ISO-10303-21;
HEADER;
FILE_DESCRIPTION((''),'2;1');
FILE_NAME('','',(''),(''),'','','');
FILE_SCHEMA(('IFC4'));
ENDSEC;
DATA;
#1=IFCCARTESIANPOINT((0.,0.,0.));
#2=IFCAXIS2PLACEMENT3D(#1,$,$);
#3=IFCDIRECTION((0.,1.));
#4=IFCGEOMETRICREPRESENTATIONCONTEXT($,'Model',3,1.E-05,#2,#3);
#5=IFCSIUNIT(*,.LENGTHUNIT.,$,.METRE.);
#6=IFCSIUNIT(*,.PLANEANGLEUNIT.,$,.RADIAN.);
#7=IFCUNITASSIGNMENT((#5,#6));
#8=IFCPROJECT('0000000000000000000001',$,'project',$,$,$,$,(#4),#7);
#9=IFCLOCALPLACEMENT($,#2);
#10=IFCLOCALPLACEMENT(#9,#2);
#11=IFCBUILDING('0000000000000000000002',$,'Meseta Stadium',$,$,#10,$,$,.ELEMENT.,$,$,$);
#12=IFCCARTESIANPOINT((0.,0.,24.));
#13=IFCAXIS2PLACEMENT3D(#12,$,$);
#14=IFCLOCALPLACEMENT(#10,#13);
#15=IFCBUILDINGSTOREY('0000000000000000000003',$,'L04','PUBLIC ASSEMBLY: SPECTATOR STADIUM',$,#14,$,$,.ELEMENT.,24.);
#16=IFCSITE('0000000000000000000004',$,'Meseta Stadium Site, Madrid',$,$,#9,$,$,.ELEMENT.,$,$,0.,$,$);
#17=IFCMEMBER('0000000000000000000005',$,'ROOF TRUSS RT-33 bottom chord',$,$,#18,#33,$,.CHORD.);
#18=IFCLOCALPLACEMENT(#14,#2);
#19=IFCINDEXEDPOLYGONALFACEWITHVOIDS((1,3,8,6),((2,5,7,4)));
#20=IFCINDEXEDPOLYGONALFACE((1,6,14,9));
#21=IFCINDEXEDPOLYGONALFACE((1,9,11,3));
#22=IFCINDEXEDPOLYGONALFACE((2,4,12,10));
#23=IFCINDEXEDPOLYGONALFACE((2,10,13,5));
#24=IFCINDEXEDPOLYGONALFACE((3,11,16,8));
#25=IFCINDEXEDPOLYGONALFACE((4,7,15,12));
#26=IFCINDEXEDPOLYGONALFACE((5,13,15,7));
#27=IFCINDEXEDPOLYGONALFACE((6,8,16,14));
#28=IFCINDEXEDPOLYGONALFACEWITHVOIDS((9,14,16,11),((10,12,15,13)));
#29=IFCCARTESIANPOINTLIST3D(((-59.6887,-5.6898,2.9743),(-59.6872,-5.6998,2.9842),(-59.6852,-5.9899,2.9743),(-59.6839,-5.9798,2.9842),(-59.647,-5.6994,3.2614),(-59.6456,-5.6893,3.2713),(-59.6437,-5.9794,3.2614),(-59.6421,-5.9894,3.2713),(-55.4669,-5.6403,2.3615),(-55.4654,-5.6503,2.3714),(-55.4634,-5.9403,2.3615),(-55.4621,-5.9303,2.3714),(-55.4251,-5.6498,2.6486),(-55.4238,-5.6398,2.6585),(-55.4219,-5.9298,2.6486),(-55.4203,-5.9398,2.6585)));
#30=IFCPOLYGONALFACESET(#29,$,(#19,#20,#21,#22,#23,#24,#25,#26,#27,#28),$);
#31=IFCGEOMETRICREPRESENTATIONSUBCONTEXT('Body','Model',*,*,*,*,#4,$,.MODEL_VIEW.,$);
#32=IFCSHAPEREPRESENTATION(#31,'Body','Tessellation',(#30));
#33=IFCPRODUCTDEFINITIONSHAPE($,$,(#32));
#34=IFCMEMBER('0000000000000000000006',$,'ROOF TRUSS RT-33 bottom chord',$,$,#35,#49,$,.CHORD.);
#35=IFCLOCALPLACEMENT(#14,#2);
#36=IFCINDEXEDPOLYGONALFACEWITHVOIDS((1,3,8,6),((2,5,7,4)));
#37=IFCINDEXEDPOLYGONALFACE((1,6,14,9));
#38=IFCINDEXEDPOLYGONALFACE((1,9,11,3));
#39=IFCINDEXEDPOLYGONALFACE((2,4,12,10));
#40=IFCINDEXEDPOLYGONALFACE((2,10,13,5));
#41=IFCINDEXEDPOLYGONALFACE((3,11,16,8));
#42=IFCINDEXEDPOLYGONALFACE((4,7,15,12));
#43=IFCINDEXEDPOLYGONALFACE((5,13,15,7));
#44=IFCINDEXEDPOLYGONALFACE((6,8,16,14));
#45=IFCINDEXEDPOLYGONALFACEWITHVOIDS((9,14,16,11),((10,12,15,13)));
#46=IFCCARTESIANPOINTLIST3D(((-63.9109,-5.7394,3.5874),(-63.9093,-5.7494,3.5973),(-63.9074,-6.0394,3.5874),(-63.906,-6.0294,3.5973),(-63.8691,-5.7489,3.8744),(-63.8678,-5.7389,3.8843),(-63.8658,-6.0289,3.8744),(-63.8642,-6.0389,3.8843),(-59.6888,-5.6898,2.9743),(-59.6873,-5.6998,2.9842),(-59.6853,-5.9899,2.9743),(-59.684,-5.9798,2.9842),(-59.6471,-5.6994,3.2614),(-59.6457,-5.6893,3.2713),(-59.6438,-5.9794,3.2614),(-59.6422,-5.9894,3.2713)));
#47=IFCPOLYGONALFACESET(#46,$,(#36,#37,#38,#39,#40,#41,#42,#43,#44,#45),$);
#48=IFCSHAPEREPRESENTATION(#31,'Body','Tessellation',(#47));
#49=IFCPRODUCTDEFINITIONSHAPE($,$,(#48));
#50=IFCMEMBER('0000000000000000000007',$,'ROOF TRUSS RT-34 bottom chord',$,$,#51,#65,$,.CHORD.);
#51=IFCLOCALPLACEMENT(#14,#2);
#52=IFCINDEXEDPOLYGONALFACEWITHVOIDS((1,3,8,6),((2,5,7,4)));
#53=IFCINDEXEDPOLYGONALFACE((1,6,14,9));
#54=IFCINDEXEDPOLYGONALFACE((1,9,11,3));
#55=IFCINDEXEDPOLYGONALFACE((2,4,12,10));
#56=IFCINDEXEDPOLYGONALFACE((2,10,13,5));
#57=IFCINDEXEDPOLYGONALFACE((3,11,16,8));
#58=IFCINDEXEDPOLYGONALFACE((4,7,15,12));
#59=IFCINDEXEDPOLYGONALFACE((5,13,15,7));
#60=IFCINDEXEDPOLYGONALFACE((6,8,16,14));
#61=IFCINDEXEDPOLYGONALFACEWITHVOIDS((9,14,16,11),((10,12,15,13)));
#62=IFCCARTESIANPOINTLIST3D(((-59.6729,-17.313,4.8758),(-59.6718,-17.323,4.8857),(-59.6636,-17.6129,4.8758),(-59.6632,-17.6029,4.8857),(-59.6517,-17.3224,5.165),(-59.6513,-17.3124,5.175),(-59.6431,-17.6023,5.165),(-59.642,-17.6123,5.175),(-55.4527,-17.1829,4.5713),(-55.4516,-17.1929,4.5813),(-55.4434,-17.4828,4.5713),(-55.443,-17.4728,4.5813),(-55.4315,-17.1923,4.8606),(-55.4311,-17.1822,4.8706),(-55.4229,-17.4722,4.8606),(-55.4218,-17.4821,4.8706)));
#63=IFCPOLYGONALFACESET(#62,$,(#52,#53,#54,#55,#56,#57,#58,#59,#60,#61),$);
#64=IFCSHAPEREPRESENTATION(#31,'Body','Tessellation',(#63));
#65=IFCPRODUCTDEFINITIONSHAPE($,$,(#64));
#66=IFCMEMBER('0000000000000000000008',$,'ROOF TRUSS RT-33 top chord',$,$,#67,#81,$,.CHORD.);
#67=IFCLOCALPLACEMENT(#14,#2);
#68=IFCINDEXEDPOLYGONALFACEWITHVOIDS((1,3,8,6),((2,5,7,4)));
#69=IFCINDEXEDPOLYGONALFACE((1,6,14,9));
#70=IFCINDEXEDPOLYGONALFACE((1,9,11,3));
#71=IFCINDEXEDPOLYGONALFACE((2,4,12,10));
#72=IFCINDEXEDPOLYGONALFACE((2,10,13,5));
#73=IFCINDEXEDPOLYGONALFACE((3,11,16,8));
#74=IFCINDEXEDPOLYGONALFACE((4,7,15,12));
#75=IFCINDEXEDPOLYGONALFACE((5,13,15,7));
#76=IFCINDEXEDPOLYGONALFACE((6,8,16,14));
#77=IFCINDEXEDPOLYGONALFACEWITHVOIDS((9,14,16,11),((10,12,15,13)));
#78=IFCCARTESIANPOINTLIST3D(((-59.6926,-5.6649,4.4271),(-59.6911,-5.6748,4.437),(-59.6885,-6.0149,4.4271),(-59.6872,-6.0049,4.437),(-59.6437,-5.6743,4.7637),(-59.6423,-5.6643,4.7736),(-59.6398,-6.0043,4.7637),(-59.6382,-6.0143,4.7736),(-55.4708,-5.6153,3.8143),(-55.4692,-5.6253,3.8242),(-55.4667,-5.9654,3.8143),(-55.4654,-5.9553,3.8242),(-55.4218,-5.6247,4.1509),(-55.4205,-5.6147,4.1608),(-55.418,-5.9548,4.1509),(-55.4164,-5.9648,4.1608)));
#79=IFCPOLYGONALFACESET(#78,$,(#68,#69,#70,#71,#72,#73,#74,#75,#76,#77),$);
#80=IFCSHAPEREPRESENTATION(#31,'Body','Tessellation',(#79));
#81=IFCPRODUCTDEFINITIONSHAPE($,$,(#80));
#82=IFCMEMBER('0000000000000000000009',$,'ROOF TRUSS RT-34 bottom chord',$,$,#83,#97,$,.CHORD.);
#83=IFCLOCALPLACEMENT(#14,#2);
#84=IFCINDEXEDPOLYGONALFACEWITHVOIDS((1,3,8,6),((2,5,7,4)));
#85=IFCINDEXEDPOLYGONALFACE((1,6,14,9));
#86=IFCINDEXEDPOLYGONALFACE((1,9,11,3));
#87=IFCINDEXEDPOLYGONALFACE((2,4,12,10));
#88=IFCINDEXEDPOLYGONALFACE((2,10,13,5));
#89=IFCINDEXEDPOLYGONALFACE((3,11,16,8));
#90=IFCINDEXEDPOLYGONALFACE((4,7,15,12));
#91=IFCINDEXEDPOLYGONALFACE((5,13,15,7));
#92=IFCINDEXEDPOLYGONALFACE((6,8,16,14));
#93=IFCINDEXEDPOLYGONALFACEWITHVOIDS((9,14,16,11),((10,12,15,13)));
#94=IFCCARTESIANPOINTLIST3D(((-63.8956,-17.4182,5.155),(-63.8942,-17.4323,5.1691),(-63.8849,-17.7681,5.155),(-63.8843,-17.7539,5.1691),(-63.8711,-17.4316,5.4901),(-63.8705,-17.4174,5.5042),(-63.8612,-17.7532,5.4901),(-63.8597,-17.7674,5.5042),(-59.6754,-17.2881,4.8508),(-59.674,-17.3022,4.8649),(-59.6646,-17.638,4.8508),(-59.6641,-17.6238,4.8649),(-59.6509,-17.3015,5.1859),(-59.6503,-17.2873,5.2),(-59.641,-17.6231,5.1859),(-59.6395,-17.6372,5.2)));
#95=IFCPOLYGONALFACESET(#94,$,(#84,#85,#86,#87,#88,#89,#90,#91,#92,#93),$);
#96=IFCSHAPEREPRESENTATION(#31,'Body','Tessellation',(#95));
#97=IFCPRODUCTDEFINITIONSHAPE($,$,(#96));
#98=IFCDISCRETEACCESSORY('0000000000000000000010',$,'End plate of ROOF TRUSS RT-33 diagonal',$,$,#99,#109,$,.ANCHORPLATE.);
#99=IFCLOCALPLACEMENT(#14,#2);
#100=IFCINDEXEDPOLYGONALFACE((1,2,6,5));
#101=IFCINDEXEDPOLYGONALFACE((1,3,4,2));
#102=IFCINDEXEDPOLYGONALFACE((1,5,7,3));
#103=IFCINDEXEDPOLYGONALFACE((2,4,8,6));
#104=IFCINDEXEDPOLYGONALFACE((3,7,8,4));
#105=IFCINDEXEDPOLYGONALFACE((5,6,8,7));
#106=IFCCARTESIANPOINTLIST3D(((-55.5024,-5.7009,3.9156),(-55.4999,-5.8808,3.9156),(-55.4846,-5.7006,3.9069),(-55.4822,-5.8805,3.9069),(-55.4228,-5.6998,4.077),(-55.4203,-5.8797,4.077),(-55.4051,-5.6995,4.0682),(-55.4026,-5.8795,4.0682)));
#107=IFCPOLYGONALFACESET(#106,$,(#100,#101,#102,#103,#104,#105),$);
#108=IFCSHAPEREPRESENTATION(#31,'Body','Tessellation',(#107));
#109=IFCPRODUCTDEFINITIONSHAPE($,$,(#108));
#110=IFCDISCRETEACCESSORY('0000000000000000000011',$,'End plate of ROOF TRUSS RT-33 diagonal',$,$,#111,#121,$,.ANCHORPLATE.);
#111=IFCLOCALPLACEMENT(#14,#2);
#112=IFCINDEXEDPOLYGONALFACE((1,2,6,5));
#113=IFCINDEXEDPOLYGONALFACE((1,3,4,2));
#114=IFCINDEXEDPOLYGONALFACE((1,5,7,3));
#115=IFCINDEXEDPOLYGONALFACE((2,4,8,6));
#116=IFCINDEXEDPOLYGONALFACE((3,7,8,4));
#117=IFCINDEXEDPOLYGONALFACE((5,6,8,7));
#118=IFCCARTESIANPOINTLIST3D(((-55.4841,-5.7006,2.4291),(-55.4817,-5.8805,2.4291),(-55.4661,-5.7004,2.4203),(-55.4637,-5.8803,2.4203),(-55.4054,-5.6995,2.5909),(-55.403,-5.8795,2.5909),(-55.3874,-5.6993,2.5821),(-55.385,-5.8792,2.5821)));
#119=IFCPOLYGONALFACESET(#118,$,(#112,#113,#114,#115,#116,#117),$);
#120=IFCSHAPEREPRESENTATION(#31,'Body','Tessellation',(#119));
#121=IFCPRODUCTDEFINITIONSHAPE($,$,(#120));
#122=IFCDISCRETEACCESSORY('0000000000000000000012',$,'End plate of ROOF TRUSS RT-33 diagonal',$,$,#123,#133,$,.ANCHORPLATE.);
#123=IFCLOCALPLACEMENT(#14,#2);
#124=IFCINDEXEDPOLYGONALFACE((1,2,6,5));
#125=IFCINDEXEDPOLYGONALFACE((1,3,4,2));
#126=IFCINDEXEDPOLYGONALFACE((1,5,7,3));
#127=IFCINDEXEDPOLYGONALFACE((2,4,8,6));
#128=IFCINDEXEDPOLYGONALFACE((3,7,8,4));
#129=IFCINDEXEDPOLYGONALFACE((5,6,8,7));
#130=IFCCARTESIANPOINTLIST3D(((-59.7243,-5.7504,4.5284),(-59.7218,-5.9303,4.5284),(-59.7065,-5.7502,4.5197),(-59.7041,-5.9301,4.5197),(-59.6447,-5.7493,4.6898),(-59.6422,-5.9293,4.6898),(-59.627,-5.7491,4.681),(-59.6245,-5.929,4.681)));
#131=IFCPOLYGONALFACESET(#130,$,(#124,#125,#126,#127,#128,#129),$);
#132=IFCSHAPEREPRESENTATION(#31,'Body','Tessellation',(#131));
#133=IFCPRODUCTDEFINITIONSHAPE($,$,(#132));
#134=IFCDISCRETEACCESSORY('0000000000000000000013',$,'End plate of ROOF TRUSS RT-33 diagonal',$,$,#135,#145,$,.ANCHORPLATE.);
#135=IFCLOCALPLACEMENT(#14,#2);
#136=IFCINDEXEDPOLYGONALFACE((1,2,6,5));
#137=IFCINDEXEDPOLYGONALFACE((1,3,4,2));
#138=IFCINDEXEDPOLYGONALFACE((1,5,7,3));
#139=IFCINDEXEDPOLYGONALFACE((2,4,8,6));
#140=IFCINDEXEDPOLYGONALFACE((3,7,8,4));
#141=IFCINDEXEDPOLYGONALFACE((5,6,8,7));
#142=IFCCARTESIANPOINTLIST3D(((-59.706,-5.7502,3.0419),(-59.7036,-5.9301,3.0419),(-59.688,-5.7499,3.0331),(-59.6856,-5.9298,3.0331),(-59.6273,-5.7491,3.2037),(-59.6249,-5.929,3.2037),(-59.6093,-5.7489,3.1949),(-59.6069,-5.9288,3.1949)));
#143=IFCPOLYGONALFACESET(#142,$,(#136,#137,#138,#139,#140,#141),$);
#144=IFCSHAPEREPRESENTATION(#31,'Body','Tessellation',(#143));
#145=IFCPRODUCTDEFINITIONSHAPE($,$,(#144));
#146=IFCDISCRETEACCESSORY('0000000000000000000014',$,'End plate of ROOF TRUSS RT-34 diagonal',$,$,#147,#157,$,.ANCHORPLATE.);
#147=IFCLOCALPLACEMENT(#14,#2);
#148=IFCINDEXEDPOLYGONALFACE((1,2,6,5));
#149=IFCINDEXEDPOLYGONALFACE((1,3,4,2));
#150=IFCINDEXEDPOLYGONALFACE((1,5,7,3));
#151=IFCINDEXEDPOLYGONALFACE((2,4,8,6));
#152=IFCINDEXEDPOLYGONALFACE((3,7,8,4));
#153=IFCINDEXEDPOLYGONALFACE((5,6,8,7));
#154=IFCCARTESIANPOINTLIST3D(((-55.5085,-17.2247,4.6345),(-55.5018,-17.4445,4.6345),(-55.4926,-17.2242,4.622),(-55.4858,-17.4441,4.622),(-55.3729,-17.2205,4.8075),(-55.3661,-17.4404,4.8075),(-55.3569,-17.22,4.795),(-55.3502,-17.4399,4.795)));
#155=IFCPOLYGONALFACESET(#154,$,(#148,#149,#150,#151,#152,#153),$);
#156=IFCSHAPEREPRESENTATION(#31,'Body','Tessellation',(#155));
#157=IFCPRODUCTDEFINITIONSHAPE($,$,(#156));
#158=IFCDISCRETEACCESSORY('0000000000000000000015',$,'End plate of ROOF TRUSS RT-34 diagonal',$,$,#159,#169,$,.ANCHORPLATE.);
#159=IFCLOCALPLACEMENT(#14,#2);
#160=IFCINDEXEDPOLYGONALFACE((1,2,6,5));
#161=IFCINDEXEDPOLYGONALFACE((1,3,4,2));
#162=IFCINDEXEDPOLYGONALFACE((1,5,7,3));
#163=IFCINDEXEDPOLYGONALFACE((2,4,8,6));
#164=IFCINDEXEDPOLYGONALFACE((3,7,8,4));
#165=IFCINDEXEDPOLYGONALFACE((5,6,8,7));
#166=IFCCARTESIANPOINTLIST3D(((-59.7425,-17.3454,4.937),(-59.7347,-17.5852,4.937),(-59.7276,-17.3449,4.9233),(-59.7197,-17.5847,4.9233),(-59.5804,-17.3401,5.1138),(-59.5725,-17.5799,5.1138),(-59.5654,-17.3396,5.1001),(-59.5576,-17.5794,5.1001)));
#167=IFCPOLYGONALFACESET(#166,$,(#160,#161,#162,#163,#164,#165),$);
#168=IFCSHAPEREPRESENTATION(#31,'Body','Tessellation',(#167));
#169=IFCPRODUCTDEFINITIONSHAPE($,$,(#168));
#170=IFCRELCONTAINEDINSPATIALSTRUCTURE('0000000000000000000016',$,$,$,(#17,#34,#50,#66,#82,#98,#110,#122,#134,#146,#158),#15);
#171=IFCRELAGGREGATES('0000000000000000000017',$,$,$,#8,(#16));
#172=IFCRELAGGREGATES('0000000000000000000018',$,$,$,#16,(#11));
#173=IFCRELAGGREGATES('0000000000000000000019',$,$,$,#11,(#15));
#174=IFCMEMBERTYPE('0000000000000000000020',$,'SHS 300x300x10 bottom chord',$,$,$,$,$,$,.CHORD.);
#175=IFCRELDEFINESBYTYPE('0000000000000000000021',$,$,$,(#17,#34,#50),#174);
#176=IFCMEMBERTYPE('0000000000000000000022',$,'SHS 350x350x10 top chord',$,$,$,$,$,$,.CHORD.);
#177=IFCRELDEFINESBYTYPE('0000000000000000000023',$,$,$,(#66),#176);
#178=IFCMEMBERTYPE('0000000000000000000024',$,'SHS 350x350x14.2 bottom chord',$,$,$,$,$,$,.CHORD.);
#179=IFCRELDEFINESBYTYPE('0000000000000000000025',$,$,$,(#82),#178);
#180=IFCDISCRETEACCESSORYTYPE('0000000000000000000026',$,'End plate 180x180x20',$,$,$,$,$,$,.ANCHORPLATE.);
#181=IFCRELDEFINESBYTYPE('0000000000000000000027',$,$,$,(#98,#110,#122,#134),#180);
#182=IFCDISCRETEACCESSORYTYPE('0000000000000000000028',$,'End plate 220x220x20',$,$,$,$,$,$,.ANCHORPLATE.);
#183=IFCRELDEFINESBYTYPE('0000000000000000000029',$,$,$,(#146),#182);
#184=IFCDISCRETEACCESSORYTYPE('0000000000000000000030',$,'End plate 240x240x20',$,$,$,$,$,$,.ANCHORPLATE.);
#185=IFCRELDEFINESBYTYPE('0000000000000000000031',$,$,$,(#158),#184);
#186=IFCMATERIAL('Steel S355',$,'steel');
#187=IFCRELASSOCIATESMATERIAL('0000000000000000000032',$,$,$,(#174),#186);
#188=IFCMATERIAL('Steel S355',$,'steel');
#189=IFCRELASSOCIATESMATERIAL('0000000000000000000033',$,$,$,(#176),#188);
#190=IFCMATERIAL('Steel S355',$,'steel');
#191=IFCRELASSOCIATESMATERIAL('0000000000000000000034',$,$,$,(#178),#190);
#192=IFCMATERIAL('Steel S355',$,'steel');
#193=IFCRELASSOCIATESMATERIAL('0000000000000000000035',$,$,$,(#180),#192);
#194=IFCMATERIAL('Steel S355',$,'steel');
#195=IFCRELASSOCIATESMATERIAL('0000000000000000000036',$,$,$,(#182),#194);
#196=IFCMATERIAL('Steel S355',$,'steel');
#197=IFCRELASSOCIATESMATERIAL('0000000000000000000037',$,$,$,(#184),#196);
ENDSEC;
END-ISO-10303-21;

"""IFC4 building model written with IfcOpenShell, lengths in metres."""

from ifc_helpers import new_model, si_unit, direction, frame, origin, origin_2d, place, context, subcontext, project, spatial, rectangle, hollow_rectangle, extrude, material, material_profile, profile_set, type_object, element, save


model = new_model("IFC4")

# Units and contexts
model_context = context("Model", 3, precision=1e-05, world=origin(), true_north=direction((0.0, 1.0)))
body_context = subcontext(model_context, "Body", "Model", "MODEL_VIEW")
ifc_project = project(units=[si_unit("LENGTHUNIT", "METRE"), si_unit("PLANEANGLEUNIT", "RADIAN")], contexts=[model_context])

# Site, building, storey
site_placement = place(None, origin())
site = spatial("IfcSite", under=ifc_project, at=site_placement, Name="Meseta Stadium Site, Madrid", CompositionType="ELEMENT", RefElevation=0.0)
building_placement = place(site_placement, origin())
building = spatial("IfcBuilding", under=site, at=building_placement, Name="Meseta Stadium", CompositionType="ELEMENT")
storey_placement = place(building_placement, frame((0.0, 0.0, 24.0)))
storey = spatial("IfcBuildingStorey", under=building, at=storey_placement, Name="L04", Description="PUBLIC ASSEMBLY: SPECTATOR STADIUM", CompositionType="ELEMENT", Elevation=24.0)

# Members
ifc_material_1 = material(Name="Steel S355", Category="steel")
ifc_material_profile_1 = material_profile(ifc_material_1, hollow_rectangle(XDim=0.3, YDim=0.3, WallThickness=0.01, at=origin_2d()), Name="SHS 300x300x10")
ifc_profile_set_1 = profile_set([ifc_material_profile_1], Name="Steel S355")
member_type_1 = type_object("IfcMemberType", Name="SHS 300x300x10 bottom chord", PredefinedType="CHORD", material=ifc_profile_set_1)
member_1_placement = place(storey_placement, frame((-55.4436, -5.79, 2.51), z_axis=(-0.989563, -0.011616, 0.143631), x_axis=(0.011738, -0.999931, 0.0)))
element("IfcMember", 1, at=member_1_placement, inside=storey, type_object=member_type_1, Name="ROOF TRUSS RT-33 bottom chord", PredefinedType="CHORD", context=body_context, shape_type="SweptSolid", body=[
    extrude(hollow_rectangle(XDim=0.3, YDim=0.3, WallThickness=0.01, at=origin_2d()), origin(), (0.0, 0.0, 1.0), 4.2664),
])
member_2_placement = place(storey_placement, frame((-59.6655, -5.8396, 3.1228), z_axis=(-0.989555, -0.011616, 0.143687), x_axis=(0.011738, -0.999931, 0.0)))
element("IfcMember", 2, at=member_2_placement, inside=storey, type_object=member_type_1, Name="ROOF TRUSS RT-33 bottom chord", PredefinedType="CHORD", context=body_context, shape_type="SweptSolid", body=[
    extrude(hollow_rectangle(XDim=0.3, YDim=0.3, WallThickness=0.01, at=origin_2d()), origin(), (0.0, 0.0, 1.0), 4.2666),
])
member_3_placement = place(storey_placement, frame((-55.4373, -17.3325, 4.7209), z_axis=(-0.996937, -0.03074, 0.071918), x_axis=(0.03082, -0.999525, 0.0)))
element("IfcMember", 3, at=member_3_placement, inside=storey, type_object=member_type_1, Name="ROOF TRUSS RT-34 bottom chord", PredefinedType="CHORD", context=body_context, shape_type="SweptSolid", body=[
    extrude(hollow_rectangle(XDim=0.3, YDim=0.3, WallThickness=0.01, at=origin_2d()), origin(), (0.0, 0.0, 1.0), 4.2332),
])
ifc_material_2 = material(Name="Steel S355", Category="steel")
ifc_material_profile_2 = material_profile(ifc_material_2, hollow_rectangle(XDim=0.3501, YDim=0.3501, WallThickness=0.01, at=origin_2d()), Name="SHS 350x350x10")
ifc_profile_set_2 = profile_set([ifc_material_profile_2], Name="Steel S355")
member_type_2 = type_object("IfcMemberType", Name="SHS 350x350x10 top chord", PredefinedType="CHORD", material=ifc_profile_set_2)
member_4_placement = place(storey_placement, frame((-55.4436, -5.79, 3.9875), z_axis=(-0.989563, -0.011616, 0.143631), x_axis=(0.011738, -0.999931, 0.0)))
element("IfcMember", 4, at=member_4_placement, inside=storey, type_object=member_type_2, Name="ROOF TRUSS RT-33 top chord", PredefinedType="CHORD", context=body_context, shape_type="SweptSolid", body=[
    extrude(hollow_rectangle(XDim=0.3501, YDim=0.3501, WallThickness=0.01, at=origin_2d()), origin(), (0.0, 0.0, 1.0), 4.2664),
])
ifc_material_3 = material(Name="Steel S355", Category="steel")
ifc_material_profile_3 = material_profile(ifc_material_3, hollow_rectangle(XDim=0.3501, YDim=0.3501, WallThickness=0.0142, at=origin_2d()), Name="SHS 350x350x14.2")
ifc_profile_set_3 = profile_set([ifc_material_profile_3], Name="Steel S355")
member_type_3 = type_object("IfcMemberType", Name="SHS 350x350x14.2 bottom chord", PredefinedType="CHORD", material=ifc_profile_set_3)
member_5_placement = place(storey_placement, frame((-59.6575, -17.4626, 5.0254), z_axis=(-0.996941, -0.03074, 0.071861), x_axis=(0.03082, -0.999525, 0.0)))
element("IfcMember", 5, at=member_5_placement, inside=storey, type_object=member_type_3, Name="ROOF TRUSS RT-34 bottom chord", PredefinedType="CHORD", context=body_context, shape_type="SweptSolid", body=[
    extrude(hollow_rectangle(XDim=0.3501, YDim=0.3501, WallThickness=0.0142, at=origin_2d()), origin(), (0.0, 0.0, 1.0), 4.2332),
])

# Discrete accessories
ifc_material_4 = material(Name="Steel S355", Category="steel")
ifc_material_profile_4 = material_profile(ifc_material_4, rectangle(XDim=0.1799, YDim=0.1799, at=origin_2d()), Name="PL 180x180")
ifc_profile_set_4 = profile_set([ifc_material_profile_4], Name="Steel S355")
discrete_accessory_type_1 = type_object("IfcDiscreteAccessoryType", Name="End plate 180x180x20", PredefinedType="ANCHORPLATE", material=ifc_profile_set_4)
discrete_accessory_1_placement = place(storey_placement, frame((-55.4436, -5.79, 3.9875), z_axis=(-0.896803, -0.012285, 0.442259), x_axis=(0.013697, -0.999906, 0.0)))
element("IfcDiscreteAccessory", 6, at=discrete_accessory_1_placement, inside=storey, type_object=discrete_accessory_type_1, Name="End plate of ROOF TRUSS RT-33 diagonal", PredefinedType="ANCHORPLATE", context=body_context, shape_type="SweptSolid", body=[
    extrude(rectangle(XDim=0.1799, YDim=0.1799, at=origin_2d()), origin(), (0.0, 0.0, 1.0), 0.0198),
])
discrete_accessory_2_placement = place(storey_placement, frame((-55.4255, -5.7898, 2.5012), z_axis=(-0.899169, -0.012151, 0.437433), x_axis=(0.013512, -0.999909, 0.0)))
element("IfcDiscreteAccessory", 7, at=discrete_accessory_2_placement, inside=storey, type_object=discrete_accessory_type_1, Name="End plate of ROOF TRUSS RT-33 diagonal", PredefinedType="ANCHORPLATE", context=body_context, shape_type="SweptSolid", body=[
    extrude(rectangle(XDim=0.1799, YDim=0.1799, at=origin_2d()), origin(), (0.0, 0.0, 1.0), 0.02),
])
discrete_accessory_3_placement = place(storey_placement, frame((-59.6655, -5.8396, 4.6003), z_axis=(-0.896803, -0.012285, 0.442259), x_axis=(0.013697, -0.999906, 0.0)))
element("IfcDiscreteAccessory", 8, at=discrete_accessory_3_placement, inside=storey, type_object=discrete_accessory_type_1, Name="End plate of ROOF TRUSS RT-33 diagonal", PredefinedType="ANCHORPLATE", context=body_context, shape_type="SweptSolid", body=[
    extrude(rectangle(XDim=0.1799, YDim=0.1799, at=origin_2d()), origin(), (0.0, 0.0, 1.0), 0.0198),
])
discrete_accessory_4_placement = place(storey_placement, frame((-59.6475, -5.8394, 3.114), z_axis=(-0.899169, -0.012151, 0.437433), x_axis=(0.013512, -0.999909, 0.0)))
element("IfcDiscreteAccessory", 9, at=discrete_accessory_4_placement, inside=storey, type_object=discrete_accessory_type_1, Name="End plate of ROOF TRUSS RT-33 diagonal", PredefinedType="ANCHORPLATE", context=body_context, shape_type="SweptSolid", body=[
    extrude(rectangle(XDim=0.1799, YDim=0.1799, at=origin_2d()), origin(), (0.0, 0.0, 1.0), 0.02),
])
ifc_material_5 = material(Name="Steel S355", Category="steel")
ifc_material_profile_5 = material_profile(ifc_material_5, rectangle(XDim=0.22, YDim=0.22, at=origin_2d()), Name="PL 220x220")
ifc_profile_set_5 = profile_set([ifc_material_profile_5], Name="Steel S355")
discrete_accessory_type_2 = type_object("IfcDiscreteAccessoryType", Name="End plate 220x220x20", PredefinedType="ANCHORPLATE", material=ifc_profile_set_5)
discrete_accessory_5_placement = place(storey_placement, frame((-55.4214, -17.332, 4.7085), z_axis=(-0.786508, -0.0242, 0.617106), x_axis=(0.030755, -0.999527, 0.0)))
element("IfcDiscreteAccessory", 10, at=discrete_accessory_5_placement, inside=storey, type_object=discrete_accessory_type_2, Name="End plate of ROOF TRUSS RT-34 diagonal", PredefinedType="ANCHORPLATE", context=body_context, shape_type="SweptSolid", body=[
    extrude(rectangle(XDim=0.22, YDim=0.22, at=origin_2d()), origin(), (0.0, 0.0, 1.0), 0.0203),
])
ifc_material_6 = material(Name="Steel S355", Category="steel")
ifc_material_profile_6 = material_profile(ifc_material_6, rectangle(XDim=0.24, YDim=0.24, at=origin_2d()), Name="PL 240x240")
ifc_profile_set_6 = profile_set([ifc_material_profile_6], Name="Steel S355")
discrete_accessory_type_3 = type_object("IfcDiscreteAccessoryType", Name="End plate 240x240x20", PredefinedType="ANCHORPLATE", material=ifc_profile_set_6)
discrete_accessory_6_placement = place(storey_placement, frame((-59.6426, -17.4622, 5.0117), z_axis=(-0.736438, -0.024146, 0.676074), x_axis=(0.032769, -0.999463, 0.0)))
element("IfcDiscreteAccessory", 11, at=discrete_accessory_6_placement, inside=storey, type_object=discrete_accessory_type_3, Name="End plate of ROOF TRUSS RT-34 diagonal", PredefinedType="ANCHORPLATE", context=body_context, shape_type="SweptSolid", body=[
    extrude(rectangle(XDim=0.24, YDim=0.24, at=origin_2d()), origin(), (0.0, 0.0, 1.0), 0.0203),
])

save(model, "model.ifc")
